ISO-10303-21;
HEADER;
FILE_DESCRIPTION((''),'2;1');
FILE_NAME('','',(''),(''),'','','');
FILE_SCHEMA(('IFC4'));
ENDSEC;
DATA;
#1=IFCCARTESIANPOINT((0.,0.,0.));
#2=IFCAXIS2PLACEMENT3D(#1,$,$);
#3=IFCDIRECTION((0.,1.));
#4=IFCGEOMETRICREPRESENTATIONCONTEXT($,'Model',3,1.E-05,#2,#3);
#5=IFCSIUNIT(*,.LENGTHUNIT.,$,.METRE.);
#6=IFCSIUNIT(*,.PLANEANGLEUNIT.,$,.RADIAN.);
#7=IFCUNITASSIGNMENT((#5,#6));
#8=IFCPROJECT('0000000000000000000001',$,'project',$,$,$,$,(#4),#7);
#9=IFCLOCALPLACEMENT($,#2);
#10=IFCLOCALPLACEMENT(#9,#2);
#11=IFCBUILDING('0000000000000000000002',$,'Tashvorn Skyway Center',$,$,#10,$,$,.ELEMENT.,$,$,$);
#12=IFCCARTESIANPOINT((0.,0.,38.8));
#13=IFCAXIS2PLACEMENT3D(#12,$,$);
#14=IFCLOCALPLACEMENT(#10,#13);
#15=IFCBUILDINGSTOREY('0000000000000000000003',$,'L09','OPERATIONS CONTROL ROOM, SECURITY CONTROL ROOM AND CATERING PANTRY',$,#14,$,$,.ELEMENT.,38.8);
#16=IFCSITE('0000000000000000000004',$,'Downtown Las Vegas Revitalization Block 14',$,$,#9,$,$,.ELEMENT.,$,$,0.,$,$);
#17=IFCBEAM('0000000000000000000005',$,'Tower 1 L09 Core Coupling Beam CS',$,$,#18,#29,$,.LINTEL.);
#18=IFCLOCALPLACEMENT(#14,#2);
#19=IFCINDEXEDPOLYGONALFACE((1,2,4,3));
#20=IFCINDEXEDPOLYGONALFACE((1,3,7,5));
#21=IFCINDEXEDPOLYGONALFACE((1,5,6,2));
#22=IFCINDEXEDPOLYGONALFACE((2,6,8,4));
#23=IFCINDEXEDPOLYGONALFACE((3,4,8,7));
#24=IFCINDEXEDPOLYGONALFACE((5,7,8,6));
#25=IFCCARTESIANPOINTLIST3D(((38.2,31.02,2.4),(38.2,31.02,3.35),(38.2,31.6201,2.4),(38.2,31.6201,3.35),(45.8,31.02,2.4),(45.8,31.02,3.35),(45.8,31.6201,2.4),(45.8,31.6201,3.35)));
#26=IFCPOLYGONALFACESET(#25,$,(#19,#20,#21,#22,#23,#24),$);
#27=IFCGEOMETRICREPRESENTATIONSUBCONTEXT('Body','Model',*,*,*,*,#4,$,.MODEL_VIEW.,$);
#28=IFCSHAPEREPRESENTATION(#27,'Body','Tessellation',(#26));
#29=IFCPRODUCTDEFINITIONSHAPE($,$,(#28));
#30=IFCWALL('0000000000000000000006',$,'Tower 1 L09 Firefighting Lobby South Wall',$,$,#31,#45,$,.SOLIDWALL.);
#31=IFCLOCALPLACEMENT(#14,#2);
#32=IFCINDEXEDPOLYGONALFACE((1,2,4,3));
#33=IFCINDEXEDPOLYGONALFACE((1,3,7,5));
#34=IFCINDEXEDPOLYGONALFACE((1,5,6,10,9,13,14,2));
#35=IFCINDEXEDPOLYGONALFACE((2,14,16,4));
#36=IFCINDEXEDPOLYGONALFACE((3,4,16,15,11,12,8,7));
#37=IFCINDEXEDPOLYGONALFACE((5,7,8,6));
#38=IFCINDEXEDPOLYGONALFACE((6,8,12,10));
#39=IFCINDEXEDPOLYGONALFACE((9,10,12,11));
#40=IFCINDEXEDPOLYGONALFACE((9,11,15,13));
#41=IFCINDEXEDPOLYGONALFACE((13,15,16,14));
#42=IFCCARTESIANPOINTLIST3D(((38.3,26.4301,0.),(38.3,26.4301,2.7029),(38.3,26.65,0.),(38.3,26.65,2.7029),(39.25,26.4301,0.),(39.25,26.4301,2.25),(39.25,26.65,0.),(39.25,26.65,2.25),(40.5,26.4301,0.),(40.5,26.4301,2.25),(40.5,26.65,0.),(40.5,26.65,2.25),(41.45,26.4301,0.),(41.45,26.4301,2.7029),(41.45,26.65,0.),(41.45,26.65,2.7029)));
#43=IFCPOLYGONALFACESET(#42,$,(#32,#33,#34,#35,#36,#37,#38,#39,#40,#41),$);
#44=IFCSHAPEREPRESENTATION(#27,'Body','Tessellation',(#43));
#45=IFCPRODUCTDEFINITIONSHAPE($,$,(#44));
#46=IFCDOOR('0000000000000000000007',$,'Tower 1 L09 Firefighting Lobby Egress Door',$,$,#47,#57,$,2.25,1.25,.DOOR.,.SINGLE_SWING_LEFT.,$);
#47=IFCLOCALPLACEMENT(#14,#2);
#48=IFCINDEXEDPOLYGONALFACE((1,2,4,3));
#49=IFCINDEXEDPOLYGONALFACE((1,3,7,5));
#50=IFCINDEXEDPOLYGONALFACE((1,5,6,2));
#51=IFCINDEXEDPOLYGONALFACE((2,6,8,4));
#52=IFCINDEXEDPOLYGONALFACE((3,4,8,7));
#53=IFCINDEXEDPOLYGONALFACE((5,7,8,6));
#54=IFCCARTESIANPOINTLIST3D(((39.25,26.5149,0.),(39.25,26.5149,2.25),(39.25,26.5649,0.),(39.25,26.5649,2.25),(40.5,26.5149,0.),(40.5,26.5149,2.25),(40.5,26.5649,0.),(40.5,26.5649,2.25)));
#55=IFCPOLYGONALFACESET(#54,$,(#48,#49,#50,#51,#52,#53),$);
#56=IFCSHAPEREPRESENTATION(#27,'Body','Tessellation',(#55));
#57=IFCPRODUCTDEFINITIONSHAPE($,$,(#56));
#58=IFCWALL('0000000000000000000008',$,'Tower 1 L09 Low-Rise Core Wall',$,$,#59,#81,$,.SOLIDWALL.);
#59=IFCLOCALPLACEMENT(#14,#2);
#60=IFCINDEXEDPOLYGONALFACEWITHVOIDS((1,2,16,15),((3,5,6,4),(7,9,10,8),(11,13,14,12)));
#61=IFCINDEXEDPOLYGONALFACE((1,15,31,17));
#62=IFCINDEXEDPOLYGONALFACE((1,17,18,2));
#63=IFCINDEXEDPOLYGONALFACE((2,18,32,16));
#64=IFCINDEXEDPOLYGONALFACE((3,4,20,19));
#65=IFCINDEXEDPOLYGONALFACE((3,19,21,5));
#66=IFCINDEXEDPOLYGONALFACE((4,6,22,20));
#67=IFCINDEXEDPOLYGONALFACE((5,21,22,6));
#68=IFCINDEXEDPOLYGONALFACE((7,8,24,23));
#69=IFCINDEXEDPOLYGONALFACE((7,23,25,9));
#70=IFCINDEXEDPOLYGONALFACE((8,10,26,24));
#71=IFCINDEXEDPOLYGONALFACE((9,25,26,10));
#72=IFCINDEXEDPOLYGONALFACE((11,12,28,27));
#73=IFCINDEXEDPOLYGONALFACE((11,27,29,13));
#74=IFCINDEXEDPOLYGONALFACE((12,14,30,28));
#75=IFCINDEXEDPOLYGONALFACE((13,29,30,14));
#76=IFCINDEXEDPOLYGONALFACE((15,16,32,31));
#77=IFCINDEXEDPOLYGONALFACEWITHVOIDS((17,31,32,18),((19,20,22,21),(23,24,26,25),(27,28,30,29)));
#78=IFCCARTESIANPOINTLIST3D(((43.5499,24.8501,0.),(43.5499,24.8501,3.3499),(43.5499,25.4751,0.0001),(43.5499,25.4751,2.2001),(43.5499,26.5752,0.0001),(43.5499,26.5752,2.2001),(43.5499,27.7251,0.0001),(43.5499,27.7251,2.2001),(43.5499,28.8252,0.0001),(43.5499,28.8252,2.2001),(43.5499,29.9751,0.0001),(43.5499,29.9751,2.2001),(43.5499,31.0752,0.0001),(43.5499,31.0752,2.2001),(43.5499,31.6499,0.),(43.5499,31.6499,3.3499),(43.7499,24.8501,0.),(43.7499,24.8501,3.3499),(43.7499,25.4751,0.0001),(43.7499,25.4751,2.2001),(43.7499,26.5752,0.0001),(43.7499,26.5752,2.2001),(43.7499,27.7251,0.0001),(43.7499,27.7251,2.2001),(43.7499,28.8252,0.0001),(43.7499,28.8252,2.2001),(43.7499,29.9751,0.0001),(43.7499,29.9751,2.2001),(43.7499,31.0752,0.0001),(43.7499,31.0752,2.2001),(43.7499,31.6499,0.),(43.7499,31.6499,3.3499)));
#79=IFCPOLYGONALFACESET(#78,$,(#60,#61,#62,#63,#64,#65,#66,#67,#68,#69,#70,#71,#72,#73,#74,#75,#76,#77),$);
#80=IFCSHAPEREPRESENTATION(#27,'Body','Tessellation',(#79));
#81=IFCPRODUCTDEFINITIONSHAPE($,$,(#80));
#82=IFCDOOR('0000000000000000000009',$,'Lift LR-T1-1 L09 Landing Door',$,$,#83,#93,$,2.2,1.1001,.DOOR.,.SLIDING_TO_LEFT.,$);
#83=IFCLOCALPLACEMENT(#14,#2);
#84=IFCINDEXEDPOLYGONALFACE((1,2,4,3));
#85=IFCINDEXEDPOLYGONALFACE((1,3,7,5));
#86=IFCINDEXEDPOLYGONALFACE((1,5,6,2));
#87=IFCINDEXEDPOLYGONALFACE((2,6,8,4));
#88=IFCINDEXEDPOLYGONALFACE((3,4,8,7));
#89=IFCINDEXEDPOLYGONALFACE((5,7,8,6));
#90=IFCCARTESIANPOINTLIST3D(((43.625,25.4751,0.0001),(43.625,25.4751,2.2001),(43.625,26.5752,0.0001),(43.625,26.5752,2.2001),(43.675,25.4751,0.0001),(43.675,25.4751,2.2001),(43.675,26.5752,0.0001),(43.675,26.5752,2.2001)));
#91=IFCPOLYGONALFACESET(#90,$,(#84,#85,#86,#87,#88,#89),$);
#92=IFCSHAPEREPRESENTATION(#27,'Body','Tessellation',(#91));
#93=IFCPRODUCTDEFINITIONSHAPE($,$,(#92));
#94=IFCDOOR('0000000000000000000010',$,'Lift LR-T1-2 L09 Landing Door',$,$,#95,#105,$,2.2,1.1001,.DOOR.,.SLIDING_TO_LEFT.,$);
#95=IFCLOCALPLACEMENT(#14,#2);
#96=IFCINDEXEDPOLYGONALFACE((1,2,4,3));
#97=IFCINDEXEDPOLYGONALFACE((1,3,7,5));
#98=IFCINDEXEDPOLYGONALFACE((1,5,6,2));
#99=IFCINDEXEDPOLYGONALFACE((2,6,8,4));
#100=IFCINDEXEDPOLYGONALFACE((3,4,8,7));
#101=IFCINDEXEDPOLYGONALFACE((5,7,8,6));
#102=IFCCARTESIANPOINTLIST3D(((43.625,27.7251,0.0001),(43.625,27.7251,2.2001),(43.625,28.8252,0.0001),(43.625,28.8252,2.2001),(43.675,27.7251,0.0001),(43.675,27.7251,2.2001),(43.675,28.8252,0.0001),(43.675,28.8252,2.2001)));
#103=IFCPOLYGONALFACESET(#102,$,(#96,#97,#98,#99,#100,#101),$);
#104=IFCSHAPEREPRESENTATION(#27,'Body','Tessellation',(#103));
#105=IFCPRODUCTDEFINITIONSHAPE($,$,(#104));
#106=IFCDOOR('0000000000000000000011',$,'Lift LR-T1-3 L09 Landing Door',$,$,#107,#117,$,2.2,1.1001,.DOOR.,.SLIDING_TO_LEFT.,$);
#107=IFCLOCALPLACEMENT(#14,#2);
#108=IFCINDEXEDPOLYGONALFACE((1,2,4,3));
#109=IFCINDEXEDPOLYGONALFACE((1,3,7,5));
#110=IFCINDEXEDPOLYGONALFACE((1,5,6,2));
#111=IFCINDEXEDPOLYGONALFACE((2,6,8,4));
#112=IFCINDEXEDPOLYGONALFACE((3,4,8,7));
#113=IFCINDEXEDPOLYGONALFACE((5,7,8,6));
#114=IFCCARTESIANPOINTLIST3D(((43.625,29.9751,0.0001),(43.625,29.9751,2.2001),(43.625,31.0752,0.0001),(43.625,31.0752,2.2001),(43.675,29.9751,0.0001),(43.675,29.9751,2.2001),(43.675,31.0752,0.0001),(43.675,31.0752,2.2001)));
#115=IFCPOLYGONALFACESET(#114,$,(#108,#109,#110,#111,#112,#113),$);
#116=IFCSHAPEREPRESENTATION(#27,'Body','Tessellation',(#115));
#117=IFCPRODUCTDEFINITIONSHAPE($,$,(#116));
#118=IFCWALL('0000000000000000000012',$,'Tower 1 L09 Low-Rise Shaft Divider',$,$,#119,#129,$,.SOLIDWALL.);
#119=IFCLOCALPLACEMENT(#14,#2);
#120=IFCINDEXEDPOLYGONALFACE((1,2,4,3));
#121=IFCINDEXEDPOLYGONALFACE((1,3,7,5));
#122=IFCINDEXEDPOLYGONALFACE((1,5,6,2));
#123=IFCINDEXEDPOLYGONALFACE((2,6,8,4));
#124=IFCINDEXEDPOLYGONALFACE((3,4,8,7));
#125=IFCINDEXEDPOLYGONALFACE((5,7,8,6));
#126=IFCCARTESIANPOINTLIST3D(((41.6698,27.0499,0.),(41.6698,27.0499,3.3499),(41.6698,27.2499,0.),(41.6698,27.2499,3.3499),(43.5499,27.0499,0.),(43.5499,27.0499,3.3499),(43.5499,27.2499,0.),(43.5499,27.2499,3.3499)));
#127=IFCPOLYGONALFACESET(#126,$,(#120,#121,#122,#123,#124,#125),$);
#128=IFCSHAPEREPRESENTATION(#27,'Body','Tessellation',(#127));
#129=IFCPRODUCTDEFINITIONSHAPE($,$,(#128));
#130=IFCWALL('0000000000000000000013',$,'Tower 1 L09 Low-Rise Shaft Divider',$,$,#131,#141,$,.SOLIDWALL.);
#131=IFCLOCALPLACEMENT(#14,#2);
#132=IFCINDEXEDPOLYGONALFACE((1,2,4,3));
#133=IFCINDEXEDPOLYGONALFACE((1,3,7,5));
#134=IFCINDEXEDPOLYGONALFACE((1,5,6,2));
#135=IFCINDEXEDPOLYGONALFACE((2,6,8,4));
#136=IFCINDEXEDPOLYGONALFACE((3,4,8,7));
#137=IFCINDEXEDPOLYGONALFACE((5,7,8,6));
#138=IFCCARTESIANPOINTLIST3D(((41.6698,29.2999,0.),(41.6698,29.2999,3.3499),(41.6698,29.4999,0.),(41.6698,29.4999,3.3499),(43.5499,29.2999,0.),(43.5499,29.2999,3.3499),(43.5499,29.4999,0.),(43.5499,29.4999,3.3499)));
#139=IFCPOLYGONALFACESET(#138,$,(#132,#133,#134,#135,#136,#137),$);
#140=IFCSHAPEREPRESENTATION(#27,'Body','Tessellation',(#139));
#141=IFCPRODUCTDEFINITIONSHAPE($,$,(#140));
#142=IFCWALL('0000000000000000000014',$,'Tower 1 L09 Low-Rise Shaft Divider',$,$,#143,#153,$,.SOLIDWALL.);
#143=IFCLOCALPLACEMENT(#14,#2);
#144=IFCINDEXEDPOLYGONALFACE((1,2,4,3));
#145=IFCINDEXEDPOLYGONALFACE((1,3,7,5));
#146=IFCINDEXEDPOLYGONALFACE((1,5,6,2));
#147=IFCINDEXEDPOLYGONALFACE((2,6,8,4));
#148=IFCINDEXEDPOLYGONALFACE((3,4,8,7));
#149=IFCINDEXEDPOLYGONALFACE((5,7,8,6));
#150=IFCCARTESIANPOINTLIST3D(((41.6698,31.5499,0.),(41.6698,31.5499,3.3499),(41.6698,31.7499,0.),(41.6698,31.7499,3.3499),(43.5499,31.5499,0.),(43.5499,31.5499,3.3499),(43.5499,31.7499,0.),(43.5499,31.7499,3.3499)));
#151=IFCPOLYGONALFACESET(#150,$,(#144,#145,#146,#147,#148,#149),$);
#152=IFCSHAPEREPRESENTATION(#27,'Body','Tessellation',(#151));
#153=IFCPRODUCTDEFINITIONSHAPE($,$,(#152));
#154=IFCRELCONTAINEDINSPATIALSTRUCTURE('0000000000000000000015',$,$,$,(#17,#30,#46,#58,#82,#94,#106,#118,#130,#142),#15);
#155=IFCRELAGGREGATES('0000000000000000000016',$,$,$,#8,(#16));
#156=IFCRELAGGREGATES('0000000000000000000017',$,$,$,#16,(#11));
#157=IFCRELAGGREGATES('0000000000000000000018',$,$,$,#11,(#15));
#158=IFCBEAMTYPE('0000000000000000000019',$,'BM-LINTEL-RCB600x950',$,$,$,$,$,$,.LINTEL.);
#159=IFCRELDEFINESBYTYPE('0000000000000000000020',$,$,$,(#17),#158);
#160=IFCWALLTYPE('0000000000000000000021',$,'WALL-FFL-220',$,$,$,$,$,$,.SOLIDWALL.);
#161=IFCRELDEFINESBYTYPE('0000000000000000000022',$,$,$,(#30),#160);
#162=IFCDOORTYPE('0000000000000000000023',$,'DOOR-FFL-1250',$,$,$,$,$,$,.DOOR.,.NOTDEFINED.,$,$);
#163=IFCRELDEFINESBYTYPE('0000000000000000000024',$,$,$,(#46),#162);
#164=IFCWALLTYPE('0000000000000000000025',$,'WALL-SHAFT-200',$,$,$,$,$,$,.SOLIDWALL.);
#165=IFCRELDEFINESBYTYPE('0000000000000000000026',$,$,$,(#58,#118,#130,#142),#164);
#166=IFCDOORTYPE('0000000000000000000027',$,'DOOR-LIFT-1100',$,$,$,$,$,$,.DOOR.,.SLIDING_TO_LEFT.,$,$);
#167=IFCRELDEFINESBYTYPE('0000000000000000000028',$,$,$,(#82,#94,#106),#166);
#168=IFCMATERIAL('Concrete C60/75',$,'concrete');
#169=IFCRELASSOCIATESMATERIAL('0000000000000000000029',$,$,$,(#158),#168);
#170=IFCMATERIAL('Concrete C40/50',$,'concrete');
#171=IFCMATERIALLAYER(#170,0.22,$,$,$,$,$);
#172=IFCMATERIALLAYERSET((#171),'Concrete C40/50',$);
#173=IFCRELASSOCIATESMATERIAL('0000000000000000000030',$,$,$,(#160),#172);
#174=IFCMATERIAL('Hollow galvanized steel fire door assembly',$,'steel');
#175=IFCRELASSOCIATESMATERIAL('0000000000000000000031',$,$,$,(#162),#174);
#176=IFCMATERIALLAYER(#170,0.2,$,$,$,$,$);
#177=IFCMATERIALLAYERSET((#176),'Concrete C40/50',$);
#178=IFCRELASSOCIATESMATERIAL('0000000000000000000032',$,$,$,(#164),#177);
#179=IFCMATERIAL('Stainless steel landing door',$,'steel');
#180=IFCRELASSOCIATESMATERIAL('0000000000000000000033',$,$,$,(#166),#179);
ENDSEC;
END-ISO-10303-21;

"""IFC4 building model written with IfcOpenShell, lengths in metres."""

from ifc_helpers import new_model, si_unit, direction, frame, frame_2d, origin, origin_2d, place, context, subcontext, project, spatial, rectangle, extrude, material, layer, layer_set, material_profile, profile_set, type_object, element, fill, save


model = new_model("IFC4")

# Units and contexts
model_context = context("Model", 3, precision=1e-05, world=origin(), true_north=direction((0.0, 1.0)))
body_context = subcontext(model_context, "Body", "Model", "MODEL_VIEW")
ifc_project = project(units=[si_unit("LENGTHUNIT", "METRE"), si_unit("PLANEANGLEUNIT", "RADIAN")], contexts=[model_context])

# Site, building, storey
site_placement = place(None, origin())
site = spatial("IfcSite", under=ifc_project, at=site_placement, Name="Downtown Las Vegas Revitalization Block 14", CompositionType="ELEMENT", RefElevation=0.0)
building_placement = place(site_placement, origin())
building = spatial("IfcBuilding", under=site, at=building_placement, Name="Tashvorn Skyway Center", CompositionType="ELEMENT")
storey_placement = place(building_placement, frame((0.0, 0.0, 38.8)))
storey = spatial("IfcBuildingStorey", under=building, at=storey_placement, Name="L09", Description="OPERATIONS CONTROL ROOM, SECURITY CONTROL ROOM AND CATERING PANTRY", CompositionType="ELEMENT", Elevation=38.8)

# Beam
ifc_material_1 = material(Name="Concrete C60/75", Category="concrete")
ifc_material_profile = material_profile(ifc_material_1, rectangle(XDim=0.6001, YDim=0.95, at=origin_2d()), Name="RCB600x950")
ifc_profile_set = profile_set([ifc_material_profile], Name="Concrete C60/75")
beam_type = type_object("IfcBeamType", Name="BM-LINTEL-RCB600x950", PredefinedType="LINTEL", material=ifc_profile_set)
beam_placement = place(storey_placement, frame((38.2, 31.3201, 2.875), z_axis=(1.0, 0.0, 0.0), x_axis=(0.0, 1.0, 0.0)))
element("IfcBeam", 1, at=beam_placement, inside=storey, type_object=beam_type, Name="Tower 1 L09 Core Coupling Beam CS", PredefinedType="LINTEL", context=body_context, shape_type="SweptSolid", body=[
    extrude(rectangle(XDim=0.6001, YDim=0.95, at=origin_2d()), origin(), (0.0, 0.0, 1.0), 7.6001),
])

# Wall, opening, door
ifc_material_2 = material(Name="Concrete C40/50", Category="concrete")
ifc_layer_1 = layer(ifc_material_2, 0.22)
ifc_layer_set_1 = layer_set([ifc_layer_1], Name="Concrete C40/50")
wall_type_1 = type_object("IfcWallType", Name="WALL-FFL-220", PredefinedType="SOLIDWALL", material=ifc_layer_set_1)
wall_1_placement = place(storey_placement, frame((38.3, 26.54, 0.0), z_axis=(0.0, 0.0, 1.0), x_axis=(1.0, 0.0, 0.0)))
wall_1 = element("IfcWall", 2, at=wall_1_placement, inside=storey, type_object=wall_type_1, Name="Tower 1 L09 Firefighting Lobby South Wall", PredefinedType="SOLIDWALL", context=body_context, shape_type="SweptSolid", body=[
    extrude(rectangle(XDim=3.1499, YDim=0.22, at=frame_2d((1.575, 0.0))), origin(), (0.0, 0.0, 1.0), 2.7029),
])
opening_1_placement = place(wall_1_placement, frame((0.95, 0.0, 0.0)))
opening_1 = element("IfcOpeningElement", 3, at=opening_1_placement, cuts=wall_1, PredefinedType="OPENING", context=body_context, shape_type="SweptSolid", body=[
    extrude(rectangle(XDim=1.25, YDim=2.25, at=frame_2d((0.625, 1.125))), frame((0.0, 0.1199, 0.0), z_axis=(0.0, -1.0, 0.0), x_axis=(1.0, 0.0, 0.0)), (0.0, 0.0, 1.0), 0.24),
])
ifc_material_3 = material(Name="Hollow galvanized steel fire door assembly", Category="steel")
door_type_1 = type_object("IfcDoorType", Name="DOOR-FFL-1250", OperationType="NOTDEFINED", PredefinedType="DOOR", material=ifc_material_3)
door_1_placement = place(opening_1_placement, origin())
door_1 = element("IfcDoor", 4, at=door_1_placement, inside=storey, type_object=door_type_1, Name="Tower 1 L09 Firefighting Lobby Egress Door", OperationType="SINGLE_SWING_LEFT", OverallHeight=2.25, OverallWidth=1.25, PredefinedType="DOOR", context=body_context, shape_type="SweptSolid", body=[
    extrude(rectangle(XDim=1.25, YDim=2.25, at=frame_2d((0.625, 1.125))), frame((0.0, 0.0249, 0.0), z_axis=(0.0, -1.0, 0.0), x_axis=(1.0, 0.0, 0.0)), (0.0, 0.0, 1.0), 0.05),
])
fill(opening_1, door_1)

# Wall, openings, doors
ifc_layer_2 = layer(ifc_material_2, 0.2)
ifc_layer_set_2 = layer_set([ifc_layer_2], Name="Concrete C40/50")
wall_type_2 = type_object("IfcWallType", Name="WALL-SHAFT-200", PredefinedType="SOLIDWALL", material=ifc_layer_set_2)
wall_2_placement = place(storey_placement, frame((43.6499, 24.8501, 0.0), z_axis=(0.0, 0.0, 1.0), x_axis=(0.0, 1.0, 0.0)))
wall_2 = element("IfcWall", 5, at=wall_2_placement, inside=storey, type_object=wall_type_2, Name="Tower 1 L09 Low-Rise Core Wall", PredefinedType="SOLIDWALL", context=body_context, shape_type="SweptSolid", body=[
    extrude(rectangle(XDim=6.7998, YDim=0.2, at=frame_2d((3.3999, 0.0))), origin(), (0.0, 0.0, 1.0), 3.3499),
])
opening_2_placement = place(wall_2_placement, frame((0.625, 0.0, 0.0)))
opening_2 = element("IfcOpeningElement", 6, at=opening_2_placement, cuts=wall_2, PredefinedType="OPENING", context=body_context, shape_type="SweptSolid", body=[
    extrude(rectangle(XDim=1.1001, YDim=2.2, at=frame_2d((0.55, 1.1001))), frame((0.0, 0.1099, 0.0), z_axis=(0.0, -1.0, 0.0), x_axis=(1.0, 0.0, 0.0)), (0.0, 0.0, 1.0), 0.22),
])
opening_3_placement = place(wall_2_placement, frame((2.875, 0.0, 0.0)))
opening_3 = element("IfcOpeningElement", 7, at=opening_3_placement, cuts=wall_2, PredefinedType="OPENING", context=body_context, shape_type="SweptSolid", body=[
    extrude(rectangle(XDim=1.1001, YDim=2.2, at=frame_2d((0.55, 1.1001))), frame((0.0, 0.1099, 0.0), z_axis=(0.0, -1.0, 0.0), x_axis=(1.0, 0.0, 0.0)), (0.0, 0.0, 1.0), 0.22),
])
opening_4_placement = place(wall_2_placement, frame((5.125, 0.0, 0.0)))
opening_4 = element("IfcOpeningElement", 8, at=opening_4_placement, cuts=wall_2, PredefinedType="OPENING", context=body_context, shape_type="SweptSolid", body=[
    extrude(rectangle(XDim=1.1001, YDim=2.2, at=frame_2d((0.55, 1.1001))), frame((0.0, 0.1099, 0.0), z_axis=(0.0, -1.0, 0.0), x_axis=(1.0, 0.0, 0.0)), (0.0, 0.0, 1.0), 0.22),
])
ifc_material_4 = material(Name="Stainless steel landing door", Category="steel")
door_type_2 = type_object("IfcDoorType", Name="DOOR-LIFT-1100", OperationType="SLIDING_TO_LEFT", PredefinedType="DOOR", material=ifc_material_4)
door_2_placement = place(opening_2_placement, origin())
door_2 = element("IfcDoor", 9, at=door_2_placement, inside=storey, type_object=door_type_2, Name="Lift LR-T1-1 L09 Landing Door", OperationType="SLIDING_TO_LEFT", OverallHeight=2.2, OverallWidth=1.1001, PredefinedType="DOOR", context=body_context, shape_type="SweptSolid", body=[
    extrude(rectangle(XDim=1.1001, YDim=2.2, at=frame_2d((0.55, 1.1001))), frame((0.0, 0.0249, 0.0), z_axis=(0.0, -1.0, 0.0), x_axis=(1.0, 0.0, 0.0)), (0.0, 0.0, 1.0), 0.05),
])
fill(opening_2, door_2)
door_3_placement = place(opening_3_placement, origin())
door_3 = element("IfcDoor", 10, at=door_3_placement, inside=storey, type_object=door_type_2, Name="Lift LR-T1-2 L09 Landing Door", OperationType="SLIDING_TO_LEFT", OverallHeight=2.2, OverallWidth=1.1001, PredefinedType="DOOR", context=body_context, shape_type="SweptSolid", body=[
    extrude(rectangle(XDim=1.1001, YDim=2.2, at=frame_2d((0.55, 1.1001))), frame((0.0, 0.0249, 0.0), z_axis=(0.0, -1.0, 0.0), x_axis=(1.0, 0.0, 0.0)), (0.0, 0.0, 1.0), 0.05),
])
fill(opening_3, door_3)
door_4_placement = place(opening_4_placement, origin())
door_4 = element("IfcDoor", 11, at=door_4_placement, inside=storey, type_object=door_type_2, Name="Lift LR-T1-3 L09 Landing Door", OperationType="SLIDING_TO_LEFT", OverallHeight=2.2, OverallWidth=1.1001, PredefinedType="DOOR", context=body_context, shape_type="SweptSolid", body=[
    extrude(rectangle(XDim=1.1001, YDim=2.2, at=frame_2d((0.55, 1.1001))), frame((0.0, 0.0249, 0.0), z_axis=(0.0, -1.0, 0.0), x_axis=(1.0, 0.0, 0.0)), (0.0, 0.0, 1.0), 0.05),
])
fill(opening_4, door_4)

# Walls
for number, where, z_axis, x_axis, name in (
    (12, (41.6699, 27.1499, 0.0), (0.0, 0.0, 1.0), (1.0, 0.0, 0.0), "Tower 1 L09 Low-Rise Shaft Divider"),
    (13, (41.6699, 29.3999, 0.0), (0.0, 0.0, 1.0), (1.0, 0.0, 0.0), "Tower 1 L09 Low-Rise Shaft Divider"),
    (14, (41.6699, 31.6499, 0.0), (0.0, 0.0, 1.0), (1.0, 0.0, 0.0), "Tower 1 L09 Low-Rise Shaft Divider"),
):
    element("IfcWall", number, at=place(storey_placement, frame(where, z_axis=z_axis, x_axis=x_axis)), inside=storey, type_object=wall_type_2, Name=name, PredefinedType="SOLIDWALL", context=body_context, shape_type="SweptSolid", body=[
        extrude(rectangle(XDim=1.8801, YDim=0.2, at=frame_2d((0.9399, 0.0))), origin(), (0.0, 0.0, 1.0), 3.3499),
    ])

save(model, "model.ifc")
